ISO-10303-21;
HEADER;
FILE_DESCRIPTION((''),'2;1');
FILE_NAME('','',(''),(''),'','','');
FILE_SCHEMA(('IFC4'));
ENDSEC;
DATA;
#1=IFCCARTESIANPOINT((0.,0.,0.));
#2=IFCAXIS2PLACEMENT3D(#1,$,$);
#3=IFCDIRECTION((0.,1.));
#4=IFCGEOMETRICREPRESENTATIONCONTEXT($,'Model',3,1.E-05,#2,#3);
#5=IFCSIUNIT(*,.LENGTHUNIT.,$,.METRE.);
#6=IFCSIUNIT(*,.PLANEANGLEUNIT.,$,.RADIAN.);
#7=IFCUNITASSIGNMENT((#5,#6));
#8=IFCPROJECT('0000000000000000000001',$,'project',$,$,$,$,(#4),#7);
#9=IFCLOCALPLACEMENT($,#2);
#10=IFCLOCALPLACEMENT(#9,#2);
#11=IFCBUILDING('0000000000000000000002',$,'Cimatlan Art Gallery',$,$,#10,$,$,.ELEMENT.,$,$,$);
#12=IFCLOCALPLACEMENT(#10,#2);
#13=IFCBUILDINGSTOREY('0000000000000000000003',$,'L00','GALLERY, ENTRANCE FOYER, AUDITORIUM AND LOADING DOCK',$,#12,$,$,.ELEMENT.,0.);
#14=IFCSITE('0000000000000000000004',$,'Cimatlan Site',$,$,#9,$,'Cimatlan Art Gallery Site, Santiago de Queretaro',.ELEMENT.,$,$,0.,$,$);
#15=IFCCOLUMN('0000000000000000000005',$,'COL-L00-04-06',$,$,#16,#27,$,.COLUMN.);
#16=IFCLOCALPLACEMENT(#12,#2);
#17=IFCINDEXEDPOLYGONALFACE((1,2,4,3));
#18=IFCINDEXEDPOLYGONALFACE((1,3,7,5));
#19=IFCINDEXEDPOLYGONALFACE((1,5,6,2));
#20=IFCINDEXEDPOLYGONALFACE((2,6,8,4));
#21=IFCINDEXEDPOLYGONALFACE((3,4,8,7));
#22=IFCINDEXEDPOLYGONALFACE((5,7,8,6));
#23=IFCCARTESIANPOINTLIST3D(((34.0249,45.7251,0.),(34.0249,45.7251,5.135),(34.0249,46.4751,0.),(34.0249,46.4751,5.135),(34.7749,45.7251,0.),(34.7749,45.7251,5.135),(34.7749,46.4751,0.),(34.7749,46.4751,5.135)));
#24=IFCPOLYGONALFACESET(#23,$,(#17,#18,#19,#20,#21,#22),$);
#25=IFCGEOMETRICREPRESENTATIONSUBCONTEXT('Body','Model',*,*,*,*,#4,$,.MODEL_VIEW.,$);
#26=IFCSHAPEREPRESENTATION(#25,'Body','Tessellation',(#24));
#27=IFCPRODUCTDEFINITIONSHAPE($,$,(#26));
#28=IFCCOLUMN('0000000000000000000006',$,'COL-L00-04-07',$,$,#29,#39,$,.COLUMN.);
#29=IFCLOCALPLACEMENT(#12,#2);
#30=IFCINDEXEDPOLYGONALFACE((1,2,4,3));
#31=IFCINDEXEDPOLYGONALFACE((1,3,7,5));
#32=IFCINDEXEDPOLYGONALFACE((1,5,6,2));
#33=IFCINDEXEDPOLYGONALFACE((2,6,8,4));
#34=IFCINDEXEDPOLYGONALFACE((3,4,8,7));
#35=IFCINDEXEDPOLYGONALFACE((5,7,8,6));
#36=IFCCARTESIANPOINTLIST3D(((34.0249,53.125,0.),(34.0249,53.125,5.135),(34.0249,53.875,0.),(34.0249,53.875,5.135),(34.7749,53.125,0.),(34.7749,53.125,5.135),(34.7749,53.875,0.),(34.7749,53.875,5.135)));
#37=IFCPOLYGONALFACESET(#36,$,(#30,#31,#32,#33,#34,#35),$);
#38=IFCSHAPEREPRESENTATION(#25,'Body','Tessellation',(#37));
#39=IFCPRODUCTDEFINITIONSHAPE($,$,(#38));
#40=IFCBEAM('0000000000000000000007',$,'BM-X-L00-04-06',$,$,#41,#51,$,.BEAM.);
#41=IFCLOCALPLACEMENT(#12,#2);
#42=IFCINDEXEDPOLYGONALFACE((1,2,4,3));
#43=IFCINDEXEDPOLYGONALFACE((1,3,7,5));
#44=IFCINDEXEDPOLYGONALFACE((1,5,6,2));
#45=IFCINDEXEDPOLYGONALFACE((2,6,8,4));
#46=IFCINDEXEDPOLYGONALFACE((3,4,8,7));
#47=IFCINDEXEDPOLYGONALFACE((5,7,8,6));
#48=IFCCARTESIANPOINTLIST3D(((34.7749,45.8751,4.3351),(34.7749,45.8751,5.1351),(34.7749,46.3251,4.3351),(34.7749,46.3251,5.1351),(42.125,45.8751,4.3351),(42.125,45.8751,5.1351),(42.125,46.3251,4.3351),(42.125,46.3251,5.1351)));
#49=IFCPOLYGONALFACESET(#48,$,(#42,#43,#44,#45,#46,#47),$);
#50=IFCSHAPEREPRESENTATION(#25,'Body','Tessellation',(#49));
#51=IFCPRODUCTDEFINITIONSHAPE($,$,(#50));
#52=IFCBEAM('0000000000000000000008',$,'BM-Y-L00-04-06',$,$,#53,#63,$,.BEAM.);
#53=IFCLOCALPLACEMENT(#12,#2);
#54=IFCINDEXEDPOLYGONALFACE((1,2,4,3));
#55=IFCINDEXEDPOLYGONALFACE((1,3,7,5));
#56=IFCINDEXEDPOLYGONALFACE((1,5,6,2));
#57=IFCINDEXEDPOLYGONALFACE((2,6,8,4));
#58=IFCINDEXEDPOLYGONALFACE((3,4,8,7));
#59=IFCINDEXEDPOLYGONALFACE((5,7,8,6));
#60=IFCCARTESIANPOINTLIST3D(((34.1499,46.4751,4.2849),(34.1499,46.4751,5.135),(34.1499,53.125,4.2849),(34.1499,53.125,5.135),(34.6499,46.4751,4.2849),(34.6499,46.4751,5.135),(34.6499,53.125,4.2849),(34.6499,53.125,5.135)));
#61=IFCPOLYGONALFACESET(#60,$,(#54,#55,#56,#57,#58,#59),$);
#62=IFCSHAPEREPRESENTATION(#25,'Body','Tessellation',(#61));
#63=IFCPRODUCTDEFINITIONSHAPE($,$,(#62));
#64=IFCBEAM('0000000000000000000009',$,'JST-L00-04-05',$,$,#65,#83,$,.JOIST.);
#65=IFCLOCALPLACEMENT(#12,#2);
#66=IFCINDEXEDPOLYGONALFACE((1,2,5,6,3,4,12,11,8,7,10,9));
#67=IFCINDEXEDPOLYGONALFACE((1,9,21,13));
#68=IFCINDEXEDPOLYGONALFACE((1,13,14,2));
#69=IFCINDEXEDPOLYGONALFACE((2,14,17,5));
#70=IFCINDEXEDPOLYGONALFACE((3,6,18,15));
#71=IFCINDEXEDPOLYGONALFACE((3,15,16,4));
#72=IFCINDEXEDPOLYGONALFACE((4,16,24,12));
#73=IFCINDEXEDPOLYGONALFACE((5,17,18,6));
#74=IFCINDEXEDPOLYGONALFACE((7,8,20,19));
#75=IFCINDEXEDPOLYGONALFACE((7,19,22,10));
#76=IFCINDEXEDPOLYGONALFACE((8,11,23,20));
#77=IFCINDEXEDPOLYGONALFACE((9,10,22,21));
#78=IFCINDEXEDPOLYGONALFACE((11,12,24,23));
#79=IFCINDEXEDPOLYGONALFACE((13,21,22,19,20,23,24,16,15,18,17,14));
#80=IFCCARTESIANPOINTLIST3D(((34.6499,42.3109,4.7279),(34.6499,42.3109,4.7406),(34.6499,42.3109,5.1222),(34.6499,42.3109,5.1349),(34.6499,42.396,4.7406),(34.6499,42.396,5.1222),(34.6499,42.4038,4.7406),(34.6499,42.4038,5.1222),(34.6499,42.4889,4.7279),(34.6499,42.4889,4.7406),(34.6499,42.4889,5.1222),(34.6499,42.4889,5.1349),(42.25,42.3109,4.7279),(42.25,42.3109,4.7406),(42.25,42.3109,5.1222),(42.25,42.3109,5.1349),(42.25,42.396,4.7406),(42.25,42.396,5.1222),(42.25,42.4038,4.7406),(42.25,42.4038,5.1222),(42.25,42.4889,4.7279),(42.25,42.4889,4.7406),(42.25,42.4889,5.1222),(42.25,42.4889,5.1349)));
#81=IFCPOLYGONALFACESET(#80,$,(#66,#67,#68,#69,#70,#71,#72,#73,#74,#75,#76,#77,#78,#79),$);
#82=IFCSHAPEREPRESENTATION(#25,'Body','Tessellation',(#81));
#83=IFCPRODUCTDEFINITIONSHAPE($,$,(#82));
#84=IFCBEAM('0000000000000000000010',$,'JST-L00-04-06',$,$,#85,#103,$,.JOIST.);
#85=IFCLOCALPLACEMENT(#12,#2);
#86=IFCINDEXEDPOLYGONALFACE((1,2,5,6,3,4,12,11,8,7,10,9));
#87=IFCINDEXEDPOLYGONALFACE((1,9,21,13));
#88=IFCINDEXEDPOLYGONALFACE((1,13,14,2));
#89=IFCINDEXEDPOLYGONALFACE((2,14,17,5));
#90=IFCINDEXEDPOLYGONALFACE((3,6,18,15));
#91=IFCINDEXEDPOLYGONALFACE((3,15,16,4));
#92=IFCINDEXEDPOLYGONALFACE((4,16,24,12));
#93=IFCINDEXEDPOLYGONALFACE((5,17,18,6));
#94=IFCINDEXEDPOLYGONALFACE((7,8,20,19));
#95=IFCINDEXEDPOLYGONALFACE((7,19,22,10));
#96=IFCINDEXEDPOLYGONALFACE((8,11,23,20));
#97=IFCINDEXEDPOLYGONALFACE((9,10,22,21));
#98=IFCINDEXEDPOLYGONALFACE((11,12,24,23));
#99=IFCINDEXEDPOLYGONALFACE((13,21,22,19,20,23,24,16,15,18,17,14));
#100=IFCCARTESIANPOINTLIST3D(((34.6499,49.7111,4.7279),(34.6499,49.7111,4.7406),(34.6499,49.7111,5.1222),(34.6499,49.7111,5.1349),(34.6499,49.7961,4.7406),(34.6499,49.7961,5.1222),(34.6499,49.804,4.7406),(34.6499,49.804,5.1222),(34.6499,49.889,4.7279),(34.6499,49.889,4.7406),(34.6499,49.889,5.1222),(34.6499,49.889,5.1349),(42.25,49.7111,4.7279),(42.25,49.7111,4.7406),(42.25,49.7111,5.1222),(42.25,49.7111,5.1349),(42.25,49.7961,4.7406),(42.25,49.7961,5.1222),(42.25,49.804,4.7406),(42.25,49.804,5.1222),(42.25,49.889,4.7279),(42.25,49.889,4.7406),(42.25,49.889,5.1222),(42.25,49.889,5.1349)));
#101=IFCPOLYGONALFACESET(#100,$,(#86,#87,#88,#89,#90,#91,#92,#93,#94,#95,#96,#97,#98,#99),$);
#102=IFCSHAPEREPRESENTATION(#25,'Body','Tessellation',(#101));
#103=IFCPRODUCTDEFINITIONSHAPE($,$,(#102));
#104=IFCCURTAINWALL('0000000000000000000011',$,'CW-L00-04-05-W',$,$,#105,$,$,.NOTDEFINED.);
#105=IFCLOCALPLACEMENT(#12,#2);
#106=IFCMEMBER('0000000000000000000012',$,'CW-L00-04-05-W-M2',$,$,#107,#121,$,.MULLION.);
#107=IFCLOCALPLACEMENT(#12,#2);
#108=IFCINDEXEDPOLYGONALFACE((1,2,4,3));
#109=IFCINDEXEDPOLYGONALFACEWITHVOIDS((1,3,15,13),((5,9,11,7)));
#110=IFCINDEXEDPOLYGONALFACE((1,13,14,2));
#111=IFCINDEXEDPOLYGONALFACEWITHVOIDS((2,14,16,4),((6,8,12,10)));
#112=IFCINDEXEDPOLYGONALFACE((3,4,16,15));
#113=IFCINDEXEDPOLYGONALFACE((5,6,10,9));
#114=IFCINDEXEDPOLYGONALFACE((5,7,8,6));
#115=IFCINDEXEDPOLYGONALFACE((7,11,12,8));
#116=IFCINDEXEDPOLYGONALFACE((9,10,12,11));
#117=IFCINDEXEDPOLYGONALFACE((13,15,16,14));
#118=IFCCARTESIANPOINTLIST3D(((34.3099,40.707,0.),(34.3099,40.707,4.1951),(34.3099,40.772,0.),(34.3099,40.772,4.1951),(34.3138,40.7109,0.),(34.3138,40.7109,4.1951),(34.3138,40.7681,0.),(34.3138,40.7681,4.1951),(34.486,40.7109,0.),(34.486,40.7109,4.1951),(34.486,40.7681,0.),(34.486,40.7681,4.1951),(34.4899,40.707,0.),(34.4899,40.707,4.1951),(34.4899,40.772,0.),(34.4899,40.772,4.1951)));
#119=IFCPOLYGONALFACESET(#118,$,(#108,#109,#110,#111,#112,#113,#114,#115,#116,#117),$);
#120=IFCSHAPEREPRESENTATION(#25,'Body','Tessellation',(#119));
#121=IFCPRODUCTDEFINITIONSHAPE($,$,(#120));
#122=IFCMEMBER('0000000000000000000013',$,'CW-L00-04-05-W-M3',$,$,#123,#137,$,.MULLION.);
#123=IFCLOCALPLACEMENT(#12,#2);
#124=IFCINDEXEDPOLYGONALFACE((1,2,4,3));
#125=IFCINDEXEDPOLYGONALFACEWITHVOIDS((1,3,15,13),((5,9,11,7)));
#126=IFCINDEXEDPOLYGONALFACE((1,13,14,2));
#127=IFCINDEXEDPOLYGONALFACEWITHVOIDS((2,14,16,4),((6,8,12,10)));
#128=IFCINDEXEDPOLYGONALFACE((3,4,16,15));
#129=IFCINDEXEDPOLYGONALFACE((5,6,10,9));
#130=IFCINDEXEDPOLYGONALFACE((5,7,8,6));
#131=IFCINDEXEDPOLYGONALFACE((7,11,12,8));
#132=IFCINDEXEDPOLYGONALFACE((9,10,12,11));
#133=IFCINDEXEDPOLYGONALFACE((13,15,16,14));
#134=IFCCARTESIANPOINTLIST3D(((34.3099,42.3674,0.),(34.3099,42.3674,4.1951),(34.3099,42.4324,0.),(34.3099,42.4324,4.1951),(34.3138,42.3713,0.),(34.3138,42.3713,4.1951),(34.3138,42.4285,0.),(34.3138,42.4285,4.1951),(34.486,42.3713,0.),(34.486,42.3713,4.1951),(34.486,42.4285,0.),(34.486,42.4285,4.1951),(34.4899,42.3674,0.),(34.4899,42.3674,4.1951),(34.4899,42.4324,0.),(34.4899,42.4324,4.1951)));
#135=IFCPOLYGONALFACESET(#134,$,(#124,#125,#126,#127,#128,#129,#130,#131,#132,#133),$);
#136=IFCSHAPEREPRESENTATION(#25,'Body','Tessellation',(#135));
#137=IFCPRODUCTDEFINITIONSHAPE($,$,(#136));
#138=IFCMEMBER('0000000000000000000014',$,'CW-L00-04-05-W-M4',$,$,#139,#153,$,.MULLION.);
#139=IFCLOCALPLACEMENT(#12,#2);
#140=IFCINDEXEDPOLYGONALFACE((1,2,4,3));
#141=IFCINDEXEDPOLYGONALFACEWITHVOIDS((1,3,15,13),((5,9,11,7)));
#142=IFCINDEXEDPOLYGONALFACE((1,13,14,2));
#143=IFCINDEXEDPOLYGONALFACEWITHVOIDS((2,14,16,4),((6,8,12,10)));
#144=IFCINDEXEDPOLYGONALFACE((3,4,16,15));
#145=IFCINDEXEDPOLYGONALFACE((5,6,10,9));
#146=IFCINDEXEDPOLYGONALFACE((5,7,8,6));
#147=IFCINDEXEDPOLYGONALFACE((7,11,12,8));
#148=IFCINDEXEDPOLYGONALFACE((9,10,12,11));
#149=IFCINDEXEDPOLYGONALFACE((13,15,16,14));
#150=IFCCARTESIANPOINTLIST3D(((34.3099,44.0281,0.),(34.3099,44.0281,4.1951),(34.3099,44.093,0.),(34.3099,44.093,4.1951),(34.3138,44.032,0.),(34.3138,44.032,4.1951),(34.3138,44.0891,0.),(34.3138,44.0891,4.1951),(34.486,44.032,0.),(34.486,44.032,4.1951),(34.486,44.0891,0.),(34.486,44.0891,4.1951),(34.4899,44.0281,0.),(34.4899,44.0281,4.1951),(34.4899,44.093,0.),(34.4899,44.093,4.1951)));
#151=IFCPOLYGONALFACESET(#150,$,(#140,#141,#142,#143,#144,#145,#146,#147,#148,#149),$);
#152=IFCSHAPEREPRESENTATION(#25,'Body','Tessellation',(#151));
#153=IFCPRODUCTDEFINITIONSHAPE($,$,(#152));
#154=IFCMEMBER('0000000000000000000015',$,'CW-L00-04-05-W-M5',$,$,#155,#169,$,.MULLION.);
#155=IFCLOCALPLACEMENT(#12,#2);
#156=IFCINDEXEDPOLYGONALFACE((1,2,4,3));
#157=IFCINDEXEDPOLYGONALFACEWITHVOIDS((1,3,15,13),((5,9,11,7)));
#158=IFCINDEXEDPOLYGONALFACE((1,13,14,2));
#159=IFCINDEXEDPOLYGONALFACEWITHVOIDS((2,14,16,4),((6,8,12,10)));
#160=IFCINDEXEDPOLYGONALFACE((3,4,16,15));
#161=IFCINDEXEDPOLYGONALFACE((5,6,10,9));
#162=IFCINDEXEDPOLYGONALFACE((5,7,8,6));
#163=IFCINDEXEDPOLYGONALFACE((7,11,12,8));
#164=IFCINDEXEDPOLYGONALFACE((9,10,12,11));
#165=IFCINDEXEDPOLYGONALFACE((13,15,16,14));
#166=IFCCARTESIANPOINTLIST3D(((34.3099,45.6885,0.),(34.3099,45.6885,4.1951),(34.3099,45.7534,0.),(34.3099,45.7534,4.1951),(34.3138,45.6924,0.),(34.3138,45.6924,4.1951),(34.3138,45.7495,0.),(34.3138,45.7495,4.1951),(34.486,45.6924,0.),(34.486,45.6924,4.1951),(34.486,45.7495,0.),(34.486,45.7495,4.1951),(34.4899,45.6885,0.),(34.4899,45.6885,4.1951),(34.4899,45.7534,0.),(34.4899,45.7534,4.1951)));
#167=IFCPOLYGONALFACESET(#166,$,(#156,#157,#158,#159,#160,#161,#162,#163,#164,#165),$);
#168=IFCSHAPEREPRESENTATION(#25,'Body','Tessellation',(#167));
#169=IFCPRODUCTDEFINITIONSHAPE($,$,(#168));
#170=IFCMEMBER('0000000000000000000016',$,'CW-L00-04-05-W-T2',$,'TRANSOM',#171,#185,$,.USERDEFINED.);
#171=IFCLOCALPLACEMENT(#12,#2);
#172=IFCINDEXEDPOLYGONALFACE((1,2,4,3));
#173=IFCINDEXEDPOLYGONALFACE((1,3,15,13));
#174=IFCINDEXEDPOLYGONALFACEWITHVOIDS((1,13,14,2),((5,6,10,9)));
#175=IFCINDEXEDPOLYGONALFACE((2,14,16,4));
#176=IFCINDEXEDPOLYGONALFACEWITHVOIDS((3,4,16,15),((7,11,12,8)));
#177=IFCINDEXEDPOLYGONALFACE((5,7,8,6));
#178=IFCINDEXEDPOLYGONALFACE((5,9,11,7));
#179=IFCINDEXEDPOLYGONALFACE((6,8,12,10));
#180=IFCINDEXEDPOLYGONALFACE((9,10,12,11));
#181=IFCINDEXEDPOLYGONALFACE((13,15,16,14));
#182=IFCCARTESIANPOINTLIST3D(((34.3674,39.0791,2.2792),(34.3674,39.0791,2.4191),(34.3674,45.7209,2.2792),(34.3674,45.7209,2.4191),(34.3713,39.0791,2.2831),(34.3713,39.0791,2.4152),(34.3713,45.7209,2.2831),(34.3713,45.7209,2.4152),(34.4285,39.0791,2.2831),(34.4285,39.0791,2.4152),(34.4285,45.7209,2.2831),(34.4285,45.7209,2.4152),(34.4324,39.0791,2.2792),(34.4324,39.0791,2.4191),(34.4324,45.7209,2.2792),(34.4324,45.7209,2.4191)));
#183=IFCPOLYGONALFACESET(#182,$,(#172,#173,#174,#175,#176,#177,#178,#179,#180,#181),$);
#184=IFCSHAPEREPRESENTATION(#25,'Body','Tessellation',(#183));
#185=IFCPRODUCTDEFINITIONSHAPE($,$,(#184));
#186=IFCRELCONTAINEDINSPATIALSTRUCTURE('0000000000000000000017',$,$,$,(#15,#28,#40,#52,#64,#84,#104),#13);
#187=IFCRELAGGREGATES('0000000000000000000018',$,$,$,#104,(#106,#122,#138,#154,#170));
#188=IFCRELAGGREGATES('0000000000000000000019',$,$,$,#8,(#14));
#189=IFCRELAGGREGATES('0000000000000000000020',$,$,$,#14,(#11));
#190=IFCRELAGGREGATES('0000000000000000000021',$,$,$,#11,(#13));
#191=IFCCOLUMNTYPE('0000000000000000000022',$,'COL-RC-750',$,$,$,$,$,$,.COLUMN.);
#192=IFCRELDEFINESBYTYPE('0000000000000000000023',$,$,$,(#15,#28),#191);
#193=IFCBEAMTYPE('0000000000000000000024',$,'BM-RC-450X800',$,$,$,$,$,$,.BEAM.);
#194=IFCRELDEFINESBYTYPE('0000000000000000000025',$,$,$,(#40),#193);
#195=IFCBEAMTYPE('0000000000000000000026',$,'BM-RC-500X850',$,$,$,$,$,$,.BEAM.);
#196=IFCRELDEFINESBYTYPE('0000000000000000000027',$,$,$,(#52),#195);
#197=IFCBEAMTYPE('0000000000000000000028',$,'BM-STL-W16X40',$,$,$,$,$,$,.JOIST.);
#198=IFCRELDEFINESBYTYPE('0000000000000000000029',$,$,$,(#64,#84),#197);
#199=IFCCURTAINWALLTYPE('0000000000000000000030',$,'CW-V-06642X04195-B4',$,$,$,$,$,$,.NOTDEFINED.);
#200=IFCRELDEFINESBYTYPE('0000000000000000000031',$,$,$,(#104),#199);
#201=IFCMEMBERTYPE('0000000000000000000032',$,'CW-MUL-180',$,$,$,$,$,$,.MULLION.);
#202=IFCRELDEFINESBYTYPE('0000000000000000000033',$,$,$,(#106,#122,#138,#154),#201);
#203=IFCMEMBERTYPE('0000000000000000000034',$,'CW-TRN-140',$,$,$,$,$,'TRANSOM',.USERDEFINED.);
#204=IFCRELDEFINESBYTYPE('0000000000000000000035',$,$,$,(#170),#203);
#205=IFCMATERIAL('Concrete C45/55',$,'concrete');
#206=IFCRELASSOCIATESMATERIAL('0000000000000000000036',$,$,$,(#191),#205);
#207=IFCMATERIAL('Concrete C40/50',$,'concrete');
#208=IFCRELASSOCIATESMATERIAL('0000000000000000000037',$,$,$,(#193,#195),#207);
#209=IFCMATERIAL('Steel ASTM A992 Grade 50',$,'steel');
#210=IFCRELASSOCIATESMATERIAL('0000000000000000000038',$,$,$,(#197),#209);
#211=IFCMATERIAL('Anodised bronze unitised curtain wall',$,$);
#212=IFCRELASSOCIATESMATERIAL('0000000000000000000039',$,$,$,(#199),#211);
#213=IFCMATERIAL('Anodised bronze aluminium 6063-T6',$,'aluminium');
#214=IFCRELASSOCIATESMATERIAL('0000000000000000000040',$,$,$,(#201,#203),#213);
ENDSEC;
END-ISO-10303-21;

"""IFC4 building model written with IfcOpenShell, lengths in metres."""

from ifc_helpers import new_model, si_unit, direction, frame, origin, origin_2d, place, context, subcontext, project, spatial, rectangle, hollow_rectangle, i_section, extrude, material, material_profile, profile_set, type_object, element, aggregate, save


model = new_model("IFC4")

# Units and contexts
model_context = context("Model", 3, precision=1e-05, world=origin(), true_north=direction((0.0, 1.0)))
body_context = subcontext(model_context, "Body", "Model", "MODEL_VIEW")
ifc_project = project(units=[si_unit("LENGTHUNIT", "METRE"), si_unit("PLANEANGLEUNIT", "RADIAN")], contexts=[model_context])

# Site, building, storey
site_placement = place(None, origin())
site = spatial("IfcSite", under=ifc_project, at=site_placement, Name="Cimatlan Site", LongName="Cimatlan Art Gallery Site, Santiago de Queretaro", CompositionType="ELEMENT", RefElevation=0.0)
building_placement = place(site_placement, origin())
building = spatial("IfcBuilding", under=site, at=building_placement, Name="Cimatlan Art Gallery", CompositionType="ELEMENT")
storey_placement = place(building_placement, origin())
storey = spatial("IfcBuildingStorey", under=building, at=storey_placement, Name="L00", Description="GALLERY, ENTRANCE FOYER, AUDITORIUM AND LOADING DOCK", CompositionType="ELEMENT", Elevation=0.0)

# Columns
ifc_material_1 = material(Name="Concrete C45/55", Category="concrete")
ifc_material_profile_1 = material_profile(ifc_material_1, rectangle(XDim=0.75, YDim=0.75, at=origin_2d()), Name="RC750X750")
ifc_profile_set_1 = profile_set([ifc_material_profile_1], Name="Concrete C45/55")
column_type = type_object("IfcColumnType", Name="COL-RC-750", PredefinedType="COLUMN", material=ifc_profile_set_1)
for number, where, z_axis, x_axis, name in (
    (1, (34.3999, 46.1001, 0.0), (0.0, 0.0, 1.0), (1.0, 0.0, 0.0), "COL-L00-04-06"),
    (2, (34.3999, 53.5, 0.0), (0.0, 0.0, 1.0), (1.0, 0.0, 0.0), "COL-L00-04-07"),
):
    element("IfcColumn", number, at=place(storey_placement, frame(where, z_axis=z_axis, x_axis=x_axis)), inside=storey, type_object=column_type, Name=name, PredefinedType="COLUMN", context=body_context, shape_type="SweptSolid", body=[
        extrude(rectangle(XDim=0.75, YDim=0.75, at=origin_2d()), origin(), (0.0, 0.0, 1.0), 5.135),
    ])

# Beams
ifc_material_2 = material(Name="Concrete C40/50", Category="concrete")
ifc_material_profile_2 = material_profile(ifc_material_2, rectangle(XDim=0.45, YDim=0.8, at=origin_2d()), Name="RC450X800")
ifc_profile_set_2 = profile_set([ifc_material_profile_2], Name="Concrete C40/50")
beam_type_1 = type_object("IfcBeamType", Name="BM-RC-450X800", PredefinedType="BEAM", material=ifc_profile_set_2)
beam_1_placement = place(storey_placement, frame((34.7749, 46.1001, 4.7351), z_axis=(1.0, 0.0, 0.0), x_axis=(0.0, 1.0, 0.0)))
element("IfcBeam", 3, at=beam_1_placement, inside=storey, type_object=beam_type_1, Name="BM-X-L00-04-06", PredefinedType="BEAM", context=body_context, shape_type="SweptSolid", body=[
    extrude(rectangle(XDim=0.45, YDim=0.8, at=origin_2d()), origin(), (0.0, 0.0, 1.0), 7.3501),
])
ifc_material_profile_3 = material_profile(ifc_material_2, rectangle(XDim=0.5, YDim=0.8501, at=origin_2d()), Name="RC500X850")
ifc_profile_set_3 = profile_set([ifc_material_profile_3], Name="Concrete C40/50")
beam_type_2 = type_object("IfcBeamType", Name="BM-RC-500X850", PredefinedType="BEAM", material=ifc_profile_set_3)
beam_2_placement = place(storey_placement, frame((34.3999, 46.4751, 4.71), z_axis=(0.0, 1.0, 0.0), x_axis=(-1.0, 0.0, 0.0)))
element("IfcBeam", 4, at=beam_2_placement, inside=storey, type_object=beam_type_2, Name="BM-Y-L00-04-06", PredefinedType="BEAM", context=body_context, shape_type="SweptSolid", body=[
    extrude(rectangle(XDim=0.5, YDim=0.8501, at=origin_2d()), origin(), (0.0, 0.0, 1.0), 6.6499),
])
ifc_material_3 = material(Name="Steel ASTM A992 Grade 50", Category="steel")
ifc_material_profile_4 = material_profile(ifc_material_3, i_section(OverallWidth=0.178, OverallDepth=0.407, WebThickness=0.0078, FlangeThickness=0.0127, at=origin_2d()), Name="W16X40")
ifc_profile_set_4 = profile_set([ifc_material_profile_4], Name="Steel ASTM A992 Grade 50")
beam_type_3 = type_object("IfcBeamType", Name="BM-STL-W16X40", PredefinedType="JOIST", material=ifc_profile_set_4)
for number, where, z_axis, x_axis, name in (
    (5, (34.6499, 42.3999, 4.9314), (1.0, 0.0, 0.0), (0.0, 1.0, 0.0), "JST-L00-04-05"),
    (6, (34.6499, 49.8, 4.9314), (1.0, 0.0, 0.0), (0.0, 1.0, 0.0), "JST-L00-04-06"),
):
    element("IfcBeam", number, at=place(storey_placement, frame(where, z_axis=z_axis, x_axis=x_axis)), inside=storey, type_object=beam_type_3, Name=name, PredefinedType="JOIST", context=body_context, shape_type="SweptSolid", body=[
        extrude(i_section(OverallWidth=0.178, OverallDepth=0.407, WebThickness=0.0078, FlangeThickness=0.0127, at=origin_2d()), origin(), (0.0, 0.0, 1.0), 7.6001),
    ])

# Curtain wall, members
ifc_material_4 = material(Name="Anodised bronze unitised curtain wall")
curtain_wall_type = type_object("IfcCurtainWallType", Name="CW-V-06642X04195-B4", PredefinedType="NOTDEFINED", material=ifc_material_4)
curtain_wall_placement = place(storey_placement, origin())
curtain_wall = element("IfcCurtainWall", 7, at=curtain_wall_placement, inside=storey, type_object=curtain_wall_type, Name="CW-L00-04-05-W", PredefinedType="NOTDEFINED")
ifc_material_5 = material(Name="Anodised bronze aluminium 6063-T6", Category="aluminium")
ifc_material_profile_5 = material_profile(ifc_material_5, hollow_rectangle(XDim=0.0649, YDim=0.1799, WallThickness=0.0039, at=origin_2d()), Name="ALU65X180X4")
ifc_profile_set_5 = profile_set([ifc_material_profile_5], Name="Anodised bronze aluminium 6063-T6")
member_type_1 = type_object("IfcMemberType", Name="CW-MUL-180", PredefinedType="MULLION", material=ifc_profile_set_5)
member_1_placement = place(storey_placement, frame((34.3999, 40.7395, 0.0), z_axis=(0.0, 0.0, 1.0), x_axis=(0.0, 1.0, 0.0)))
member_1 = element("IfcMember", 8, at=member_1_placement, type_object=member_type_1, Name="CW-L00-04-05-W-M2", PredefinedType="MULLION", context=body_context, shape_type="SweptSolid", body=[
    extrude(hollow_rectangle(XDim=0.0649, YDim=0.1799, WallThickness=0.0039, at=origin_2d()), origin(), (0.0, 0.0, 1.0), 4.1951),
])
member_2_placement = place(storey_placement, frame((34.3999, 42.3999, 0.0), z_axis=(0.0, 0.0, 1.0), x_axis=(0.0, 1.0, 0.0)))
member_2 = element("IfcMember", 9, at=member_2_placement, type_object=member_type_1, Name="CW-L00-04-05-W-M3", PredefinedType="MULLION", context=body_context, shape_type="SweptSolid", body=[
    extrude(hollow_rectangle(XDim=0.0649, YDim=0.1799, WallThickness=0.0039, at=origin_2d()), origin(), (0.0, 0.0, 1.0), 4.1951),
])
member_3_placement = place(storey_placement, frame((34.3999, 44.0605, 0.0), z_axis=(0.0, 0.0, 1.0), x_axis=(0.0, 1.0, 0.0)))
member_3 = element("IfcMember", 10, at=member_3_placement, type_object=member_type_1, Name="CW-L00-04-05-W-M4", PredefinedType="MULLION", context=body_context, shape_type="SweptSolid", body=[
    extrude(hollow_rectangle(XDim=0.0649, YDim=0.1799, WallThickness=0.0039, at=origin_2d()), origin(), (0.0, 0.0, 1.0), 4.1951),
])
member_4_placement = place(storey_placement, frame((34.3999, 45.7209, 0.0), z_axis=(0.0, 0.0, 1.0), x_axis=(0.0, 1.0, 0.0)))
member_4 = element("IfcMember", 11, at=member_4_placement, type_object=member_type_1, Name="CW-L00-04-05-W-M5", PredefinedType="MULLION", context=body_context, shape_type="SweptSolid", body=[
    extrude(hollow_rectangle(XDim=0.0649, YDim=0.1799, WallThickness=0.0039, at=origin_2d()), origin(), (0.0, 0.0, 1.0), 4.1951),
])
ifc_material_profile_6 = material_profile(ifc_material_5, hollow_rectangle(XDim=0.0649, YDim=0.1399, WallThickness=0.0039, at=origin_2d()), Name="ALU65X140X4")
ifc_profile_set_6 = profile_set([ifc_material_profile_6], Name="Anodised bronze aluminium 6063-T6")
member_type_2 = type_object("IfcMemberType", Name="CW-TRN-140", ElementType="TRANSOM", PredefinedType="USERDEFINED", material=ifc_profile_set_6)
member_5_placement = place(storey_placement, frame((34.3999, 39.0791, 2.3491), z_axis=(0.0, 1.0, 0.0), x_axis=(-1.0, 0.0, 0.0)))
member_5 = element("IfcMember", 12, at=member_5_placement, type_object=member_type_2, Name="CW-L00-04-05-W-T2", ObjectType="TRANSOM", PredefinedType="USERDEFINED", context=body_context, shape_type="SweptSolid", body=[
    extrude(hollow_rectangle(XDim=0.0649, YDim=0.1399, WallThickness=0.0039, at=origin_2d()), origin(), (0.0, 0.0, 1.0), 6.6418),
])
aggregate(curtain_wall, [member_1, member_2, member_3, member_4, member_5])

save(model, "model.ifc")
